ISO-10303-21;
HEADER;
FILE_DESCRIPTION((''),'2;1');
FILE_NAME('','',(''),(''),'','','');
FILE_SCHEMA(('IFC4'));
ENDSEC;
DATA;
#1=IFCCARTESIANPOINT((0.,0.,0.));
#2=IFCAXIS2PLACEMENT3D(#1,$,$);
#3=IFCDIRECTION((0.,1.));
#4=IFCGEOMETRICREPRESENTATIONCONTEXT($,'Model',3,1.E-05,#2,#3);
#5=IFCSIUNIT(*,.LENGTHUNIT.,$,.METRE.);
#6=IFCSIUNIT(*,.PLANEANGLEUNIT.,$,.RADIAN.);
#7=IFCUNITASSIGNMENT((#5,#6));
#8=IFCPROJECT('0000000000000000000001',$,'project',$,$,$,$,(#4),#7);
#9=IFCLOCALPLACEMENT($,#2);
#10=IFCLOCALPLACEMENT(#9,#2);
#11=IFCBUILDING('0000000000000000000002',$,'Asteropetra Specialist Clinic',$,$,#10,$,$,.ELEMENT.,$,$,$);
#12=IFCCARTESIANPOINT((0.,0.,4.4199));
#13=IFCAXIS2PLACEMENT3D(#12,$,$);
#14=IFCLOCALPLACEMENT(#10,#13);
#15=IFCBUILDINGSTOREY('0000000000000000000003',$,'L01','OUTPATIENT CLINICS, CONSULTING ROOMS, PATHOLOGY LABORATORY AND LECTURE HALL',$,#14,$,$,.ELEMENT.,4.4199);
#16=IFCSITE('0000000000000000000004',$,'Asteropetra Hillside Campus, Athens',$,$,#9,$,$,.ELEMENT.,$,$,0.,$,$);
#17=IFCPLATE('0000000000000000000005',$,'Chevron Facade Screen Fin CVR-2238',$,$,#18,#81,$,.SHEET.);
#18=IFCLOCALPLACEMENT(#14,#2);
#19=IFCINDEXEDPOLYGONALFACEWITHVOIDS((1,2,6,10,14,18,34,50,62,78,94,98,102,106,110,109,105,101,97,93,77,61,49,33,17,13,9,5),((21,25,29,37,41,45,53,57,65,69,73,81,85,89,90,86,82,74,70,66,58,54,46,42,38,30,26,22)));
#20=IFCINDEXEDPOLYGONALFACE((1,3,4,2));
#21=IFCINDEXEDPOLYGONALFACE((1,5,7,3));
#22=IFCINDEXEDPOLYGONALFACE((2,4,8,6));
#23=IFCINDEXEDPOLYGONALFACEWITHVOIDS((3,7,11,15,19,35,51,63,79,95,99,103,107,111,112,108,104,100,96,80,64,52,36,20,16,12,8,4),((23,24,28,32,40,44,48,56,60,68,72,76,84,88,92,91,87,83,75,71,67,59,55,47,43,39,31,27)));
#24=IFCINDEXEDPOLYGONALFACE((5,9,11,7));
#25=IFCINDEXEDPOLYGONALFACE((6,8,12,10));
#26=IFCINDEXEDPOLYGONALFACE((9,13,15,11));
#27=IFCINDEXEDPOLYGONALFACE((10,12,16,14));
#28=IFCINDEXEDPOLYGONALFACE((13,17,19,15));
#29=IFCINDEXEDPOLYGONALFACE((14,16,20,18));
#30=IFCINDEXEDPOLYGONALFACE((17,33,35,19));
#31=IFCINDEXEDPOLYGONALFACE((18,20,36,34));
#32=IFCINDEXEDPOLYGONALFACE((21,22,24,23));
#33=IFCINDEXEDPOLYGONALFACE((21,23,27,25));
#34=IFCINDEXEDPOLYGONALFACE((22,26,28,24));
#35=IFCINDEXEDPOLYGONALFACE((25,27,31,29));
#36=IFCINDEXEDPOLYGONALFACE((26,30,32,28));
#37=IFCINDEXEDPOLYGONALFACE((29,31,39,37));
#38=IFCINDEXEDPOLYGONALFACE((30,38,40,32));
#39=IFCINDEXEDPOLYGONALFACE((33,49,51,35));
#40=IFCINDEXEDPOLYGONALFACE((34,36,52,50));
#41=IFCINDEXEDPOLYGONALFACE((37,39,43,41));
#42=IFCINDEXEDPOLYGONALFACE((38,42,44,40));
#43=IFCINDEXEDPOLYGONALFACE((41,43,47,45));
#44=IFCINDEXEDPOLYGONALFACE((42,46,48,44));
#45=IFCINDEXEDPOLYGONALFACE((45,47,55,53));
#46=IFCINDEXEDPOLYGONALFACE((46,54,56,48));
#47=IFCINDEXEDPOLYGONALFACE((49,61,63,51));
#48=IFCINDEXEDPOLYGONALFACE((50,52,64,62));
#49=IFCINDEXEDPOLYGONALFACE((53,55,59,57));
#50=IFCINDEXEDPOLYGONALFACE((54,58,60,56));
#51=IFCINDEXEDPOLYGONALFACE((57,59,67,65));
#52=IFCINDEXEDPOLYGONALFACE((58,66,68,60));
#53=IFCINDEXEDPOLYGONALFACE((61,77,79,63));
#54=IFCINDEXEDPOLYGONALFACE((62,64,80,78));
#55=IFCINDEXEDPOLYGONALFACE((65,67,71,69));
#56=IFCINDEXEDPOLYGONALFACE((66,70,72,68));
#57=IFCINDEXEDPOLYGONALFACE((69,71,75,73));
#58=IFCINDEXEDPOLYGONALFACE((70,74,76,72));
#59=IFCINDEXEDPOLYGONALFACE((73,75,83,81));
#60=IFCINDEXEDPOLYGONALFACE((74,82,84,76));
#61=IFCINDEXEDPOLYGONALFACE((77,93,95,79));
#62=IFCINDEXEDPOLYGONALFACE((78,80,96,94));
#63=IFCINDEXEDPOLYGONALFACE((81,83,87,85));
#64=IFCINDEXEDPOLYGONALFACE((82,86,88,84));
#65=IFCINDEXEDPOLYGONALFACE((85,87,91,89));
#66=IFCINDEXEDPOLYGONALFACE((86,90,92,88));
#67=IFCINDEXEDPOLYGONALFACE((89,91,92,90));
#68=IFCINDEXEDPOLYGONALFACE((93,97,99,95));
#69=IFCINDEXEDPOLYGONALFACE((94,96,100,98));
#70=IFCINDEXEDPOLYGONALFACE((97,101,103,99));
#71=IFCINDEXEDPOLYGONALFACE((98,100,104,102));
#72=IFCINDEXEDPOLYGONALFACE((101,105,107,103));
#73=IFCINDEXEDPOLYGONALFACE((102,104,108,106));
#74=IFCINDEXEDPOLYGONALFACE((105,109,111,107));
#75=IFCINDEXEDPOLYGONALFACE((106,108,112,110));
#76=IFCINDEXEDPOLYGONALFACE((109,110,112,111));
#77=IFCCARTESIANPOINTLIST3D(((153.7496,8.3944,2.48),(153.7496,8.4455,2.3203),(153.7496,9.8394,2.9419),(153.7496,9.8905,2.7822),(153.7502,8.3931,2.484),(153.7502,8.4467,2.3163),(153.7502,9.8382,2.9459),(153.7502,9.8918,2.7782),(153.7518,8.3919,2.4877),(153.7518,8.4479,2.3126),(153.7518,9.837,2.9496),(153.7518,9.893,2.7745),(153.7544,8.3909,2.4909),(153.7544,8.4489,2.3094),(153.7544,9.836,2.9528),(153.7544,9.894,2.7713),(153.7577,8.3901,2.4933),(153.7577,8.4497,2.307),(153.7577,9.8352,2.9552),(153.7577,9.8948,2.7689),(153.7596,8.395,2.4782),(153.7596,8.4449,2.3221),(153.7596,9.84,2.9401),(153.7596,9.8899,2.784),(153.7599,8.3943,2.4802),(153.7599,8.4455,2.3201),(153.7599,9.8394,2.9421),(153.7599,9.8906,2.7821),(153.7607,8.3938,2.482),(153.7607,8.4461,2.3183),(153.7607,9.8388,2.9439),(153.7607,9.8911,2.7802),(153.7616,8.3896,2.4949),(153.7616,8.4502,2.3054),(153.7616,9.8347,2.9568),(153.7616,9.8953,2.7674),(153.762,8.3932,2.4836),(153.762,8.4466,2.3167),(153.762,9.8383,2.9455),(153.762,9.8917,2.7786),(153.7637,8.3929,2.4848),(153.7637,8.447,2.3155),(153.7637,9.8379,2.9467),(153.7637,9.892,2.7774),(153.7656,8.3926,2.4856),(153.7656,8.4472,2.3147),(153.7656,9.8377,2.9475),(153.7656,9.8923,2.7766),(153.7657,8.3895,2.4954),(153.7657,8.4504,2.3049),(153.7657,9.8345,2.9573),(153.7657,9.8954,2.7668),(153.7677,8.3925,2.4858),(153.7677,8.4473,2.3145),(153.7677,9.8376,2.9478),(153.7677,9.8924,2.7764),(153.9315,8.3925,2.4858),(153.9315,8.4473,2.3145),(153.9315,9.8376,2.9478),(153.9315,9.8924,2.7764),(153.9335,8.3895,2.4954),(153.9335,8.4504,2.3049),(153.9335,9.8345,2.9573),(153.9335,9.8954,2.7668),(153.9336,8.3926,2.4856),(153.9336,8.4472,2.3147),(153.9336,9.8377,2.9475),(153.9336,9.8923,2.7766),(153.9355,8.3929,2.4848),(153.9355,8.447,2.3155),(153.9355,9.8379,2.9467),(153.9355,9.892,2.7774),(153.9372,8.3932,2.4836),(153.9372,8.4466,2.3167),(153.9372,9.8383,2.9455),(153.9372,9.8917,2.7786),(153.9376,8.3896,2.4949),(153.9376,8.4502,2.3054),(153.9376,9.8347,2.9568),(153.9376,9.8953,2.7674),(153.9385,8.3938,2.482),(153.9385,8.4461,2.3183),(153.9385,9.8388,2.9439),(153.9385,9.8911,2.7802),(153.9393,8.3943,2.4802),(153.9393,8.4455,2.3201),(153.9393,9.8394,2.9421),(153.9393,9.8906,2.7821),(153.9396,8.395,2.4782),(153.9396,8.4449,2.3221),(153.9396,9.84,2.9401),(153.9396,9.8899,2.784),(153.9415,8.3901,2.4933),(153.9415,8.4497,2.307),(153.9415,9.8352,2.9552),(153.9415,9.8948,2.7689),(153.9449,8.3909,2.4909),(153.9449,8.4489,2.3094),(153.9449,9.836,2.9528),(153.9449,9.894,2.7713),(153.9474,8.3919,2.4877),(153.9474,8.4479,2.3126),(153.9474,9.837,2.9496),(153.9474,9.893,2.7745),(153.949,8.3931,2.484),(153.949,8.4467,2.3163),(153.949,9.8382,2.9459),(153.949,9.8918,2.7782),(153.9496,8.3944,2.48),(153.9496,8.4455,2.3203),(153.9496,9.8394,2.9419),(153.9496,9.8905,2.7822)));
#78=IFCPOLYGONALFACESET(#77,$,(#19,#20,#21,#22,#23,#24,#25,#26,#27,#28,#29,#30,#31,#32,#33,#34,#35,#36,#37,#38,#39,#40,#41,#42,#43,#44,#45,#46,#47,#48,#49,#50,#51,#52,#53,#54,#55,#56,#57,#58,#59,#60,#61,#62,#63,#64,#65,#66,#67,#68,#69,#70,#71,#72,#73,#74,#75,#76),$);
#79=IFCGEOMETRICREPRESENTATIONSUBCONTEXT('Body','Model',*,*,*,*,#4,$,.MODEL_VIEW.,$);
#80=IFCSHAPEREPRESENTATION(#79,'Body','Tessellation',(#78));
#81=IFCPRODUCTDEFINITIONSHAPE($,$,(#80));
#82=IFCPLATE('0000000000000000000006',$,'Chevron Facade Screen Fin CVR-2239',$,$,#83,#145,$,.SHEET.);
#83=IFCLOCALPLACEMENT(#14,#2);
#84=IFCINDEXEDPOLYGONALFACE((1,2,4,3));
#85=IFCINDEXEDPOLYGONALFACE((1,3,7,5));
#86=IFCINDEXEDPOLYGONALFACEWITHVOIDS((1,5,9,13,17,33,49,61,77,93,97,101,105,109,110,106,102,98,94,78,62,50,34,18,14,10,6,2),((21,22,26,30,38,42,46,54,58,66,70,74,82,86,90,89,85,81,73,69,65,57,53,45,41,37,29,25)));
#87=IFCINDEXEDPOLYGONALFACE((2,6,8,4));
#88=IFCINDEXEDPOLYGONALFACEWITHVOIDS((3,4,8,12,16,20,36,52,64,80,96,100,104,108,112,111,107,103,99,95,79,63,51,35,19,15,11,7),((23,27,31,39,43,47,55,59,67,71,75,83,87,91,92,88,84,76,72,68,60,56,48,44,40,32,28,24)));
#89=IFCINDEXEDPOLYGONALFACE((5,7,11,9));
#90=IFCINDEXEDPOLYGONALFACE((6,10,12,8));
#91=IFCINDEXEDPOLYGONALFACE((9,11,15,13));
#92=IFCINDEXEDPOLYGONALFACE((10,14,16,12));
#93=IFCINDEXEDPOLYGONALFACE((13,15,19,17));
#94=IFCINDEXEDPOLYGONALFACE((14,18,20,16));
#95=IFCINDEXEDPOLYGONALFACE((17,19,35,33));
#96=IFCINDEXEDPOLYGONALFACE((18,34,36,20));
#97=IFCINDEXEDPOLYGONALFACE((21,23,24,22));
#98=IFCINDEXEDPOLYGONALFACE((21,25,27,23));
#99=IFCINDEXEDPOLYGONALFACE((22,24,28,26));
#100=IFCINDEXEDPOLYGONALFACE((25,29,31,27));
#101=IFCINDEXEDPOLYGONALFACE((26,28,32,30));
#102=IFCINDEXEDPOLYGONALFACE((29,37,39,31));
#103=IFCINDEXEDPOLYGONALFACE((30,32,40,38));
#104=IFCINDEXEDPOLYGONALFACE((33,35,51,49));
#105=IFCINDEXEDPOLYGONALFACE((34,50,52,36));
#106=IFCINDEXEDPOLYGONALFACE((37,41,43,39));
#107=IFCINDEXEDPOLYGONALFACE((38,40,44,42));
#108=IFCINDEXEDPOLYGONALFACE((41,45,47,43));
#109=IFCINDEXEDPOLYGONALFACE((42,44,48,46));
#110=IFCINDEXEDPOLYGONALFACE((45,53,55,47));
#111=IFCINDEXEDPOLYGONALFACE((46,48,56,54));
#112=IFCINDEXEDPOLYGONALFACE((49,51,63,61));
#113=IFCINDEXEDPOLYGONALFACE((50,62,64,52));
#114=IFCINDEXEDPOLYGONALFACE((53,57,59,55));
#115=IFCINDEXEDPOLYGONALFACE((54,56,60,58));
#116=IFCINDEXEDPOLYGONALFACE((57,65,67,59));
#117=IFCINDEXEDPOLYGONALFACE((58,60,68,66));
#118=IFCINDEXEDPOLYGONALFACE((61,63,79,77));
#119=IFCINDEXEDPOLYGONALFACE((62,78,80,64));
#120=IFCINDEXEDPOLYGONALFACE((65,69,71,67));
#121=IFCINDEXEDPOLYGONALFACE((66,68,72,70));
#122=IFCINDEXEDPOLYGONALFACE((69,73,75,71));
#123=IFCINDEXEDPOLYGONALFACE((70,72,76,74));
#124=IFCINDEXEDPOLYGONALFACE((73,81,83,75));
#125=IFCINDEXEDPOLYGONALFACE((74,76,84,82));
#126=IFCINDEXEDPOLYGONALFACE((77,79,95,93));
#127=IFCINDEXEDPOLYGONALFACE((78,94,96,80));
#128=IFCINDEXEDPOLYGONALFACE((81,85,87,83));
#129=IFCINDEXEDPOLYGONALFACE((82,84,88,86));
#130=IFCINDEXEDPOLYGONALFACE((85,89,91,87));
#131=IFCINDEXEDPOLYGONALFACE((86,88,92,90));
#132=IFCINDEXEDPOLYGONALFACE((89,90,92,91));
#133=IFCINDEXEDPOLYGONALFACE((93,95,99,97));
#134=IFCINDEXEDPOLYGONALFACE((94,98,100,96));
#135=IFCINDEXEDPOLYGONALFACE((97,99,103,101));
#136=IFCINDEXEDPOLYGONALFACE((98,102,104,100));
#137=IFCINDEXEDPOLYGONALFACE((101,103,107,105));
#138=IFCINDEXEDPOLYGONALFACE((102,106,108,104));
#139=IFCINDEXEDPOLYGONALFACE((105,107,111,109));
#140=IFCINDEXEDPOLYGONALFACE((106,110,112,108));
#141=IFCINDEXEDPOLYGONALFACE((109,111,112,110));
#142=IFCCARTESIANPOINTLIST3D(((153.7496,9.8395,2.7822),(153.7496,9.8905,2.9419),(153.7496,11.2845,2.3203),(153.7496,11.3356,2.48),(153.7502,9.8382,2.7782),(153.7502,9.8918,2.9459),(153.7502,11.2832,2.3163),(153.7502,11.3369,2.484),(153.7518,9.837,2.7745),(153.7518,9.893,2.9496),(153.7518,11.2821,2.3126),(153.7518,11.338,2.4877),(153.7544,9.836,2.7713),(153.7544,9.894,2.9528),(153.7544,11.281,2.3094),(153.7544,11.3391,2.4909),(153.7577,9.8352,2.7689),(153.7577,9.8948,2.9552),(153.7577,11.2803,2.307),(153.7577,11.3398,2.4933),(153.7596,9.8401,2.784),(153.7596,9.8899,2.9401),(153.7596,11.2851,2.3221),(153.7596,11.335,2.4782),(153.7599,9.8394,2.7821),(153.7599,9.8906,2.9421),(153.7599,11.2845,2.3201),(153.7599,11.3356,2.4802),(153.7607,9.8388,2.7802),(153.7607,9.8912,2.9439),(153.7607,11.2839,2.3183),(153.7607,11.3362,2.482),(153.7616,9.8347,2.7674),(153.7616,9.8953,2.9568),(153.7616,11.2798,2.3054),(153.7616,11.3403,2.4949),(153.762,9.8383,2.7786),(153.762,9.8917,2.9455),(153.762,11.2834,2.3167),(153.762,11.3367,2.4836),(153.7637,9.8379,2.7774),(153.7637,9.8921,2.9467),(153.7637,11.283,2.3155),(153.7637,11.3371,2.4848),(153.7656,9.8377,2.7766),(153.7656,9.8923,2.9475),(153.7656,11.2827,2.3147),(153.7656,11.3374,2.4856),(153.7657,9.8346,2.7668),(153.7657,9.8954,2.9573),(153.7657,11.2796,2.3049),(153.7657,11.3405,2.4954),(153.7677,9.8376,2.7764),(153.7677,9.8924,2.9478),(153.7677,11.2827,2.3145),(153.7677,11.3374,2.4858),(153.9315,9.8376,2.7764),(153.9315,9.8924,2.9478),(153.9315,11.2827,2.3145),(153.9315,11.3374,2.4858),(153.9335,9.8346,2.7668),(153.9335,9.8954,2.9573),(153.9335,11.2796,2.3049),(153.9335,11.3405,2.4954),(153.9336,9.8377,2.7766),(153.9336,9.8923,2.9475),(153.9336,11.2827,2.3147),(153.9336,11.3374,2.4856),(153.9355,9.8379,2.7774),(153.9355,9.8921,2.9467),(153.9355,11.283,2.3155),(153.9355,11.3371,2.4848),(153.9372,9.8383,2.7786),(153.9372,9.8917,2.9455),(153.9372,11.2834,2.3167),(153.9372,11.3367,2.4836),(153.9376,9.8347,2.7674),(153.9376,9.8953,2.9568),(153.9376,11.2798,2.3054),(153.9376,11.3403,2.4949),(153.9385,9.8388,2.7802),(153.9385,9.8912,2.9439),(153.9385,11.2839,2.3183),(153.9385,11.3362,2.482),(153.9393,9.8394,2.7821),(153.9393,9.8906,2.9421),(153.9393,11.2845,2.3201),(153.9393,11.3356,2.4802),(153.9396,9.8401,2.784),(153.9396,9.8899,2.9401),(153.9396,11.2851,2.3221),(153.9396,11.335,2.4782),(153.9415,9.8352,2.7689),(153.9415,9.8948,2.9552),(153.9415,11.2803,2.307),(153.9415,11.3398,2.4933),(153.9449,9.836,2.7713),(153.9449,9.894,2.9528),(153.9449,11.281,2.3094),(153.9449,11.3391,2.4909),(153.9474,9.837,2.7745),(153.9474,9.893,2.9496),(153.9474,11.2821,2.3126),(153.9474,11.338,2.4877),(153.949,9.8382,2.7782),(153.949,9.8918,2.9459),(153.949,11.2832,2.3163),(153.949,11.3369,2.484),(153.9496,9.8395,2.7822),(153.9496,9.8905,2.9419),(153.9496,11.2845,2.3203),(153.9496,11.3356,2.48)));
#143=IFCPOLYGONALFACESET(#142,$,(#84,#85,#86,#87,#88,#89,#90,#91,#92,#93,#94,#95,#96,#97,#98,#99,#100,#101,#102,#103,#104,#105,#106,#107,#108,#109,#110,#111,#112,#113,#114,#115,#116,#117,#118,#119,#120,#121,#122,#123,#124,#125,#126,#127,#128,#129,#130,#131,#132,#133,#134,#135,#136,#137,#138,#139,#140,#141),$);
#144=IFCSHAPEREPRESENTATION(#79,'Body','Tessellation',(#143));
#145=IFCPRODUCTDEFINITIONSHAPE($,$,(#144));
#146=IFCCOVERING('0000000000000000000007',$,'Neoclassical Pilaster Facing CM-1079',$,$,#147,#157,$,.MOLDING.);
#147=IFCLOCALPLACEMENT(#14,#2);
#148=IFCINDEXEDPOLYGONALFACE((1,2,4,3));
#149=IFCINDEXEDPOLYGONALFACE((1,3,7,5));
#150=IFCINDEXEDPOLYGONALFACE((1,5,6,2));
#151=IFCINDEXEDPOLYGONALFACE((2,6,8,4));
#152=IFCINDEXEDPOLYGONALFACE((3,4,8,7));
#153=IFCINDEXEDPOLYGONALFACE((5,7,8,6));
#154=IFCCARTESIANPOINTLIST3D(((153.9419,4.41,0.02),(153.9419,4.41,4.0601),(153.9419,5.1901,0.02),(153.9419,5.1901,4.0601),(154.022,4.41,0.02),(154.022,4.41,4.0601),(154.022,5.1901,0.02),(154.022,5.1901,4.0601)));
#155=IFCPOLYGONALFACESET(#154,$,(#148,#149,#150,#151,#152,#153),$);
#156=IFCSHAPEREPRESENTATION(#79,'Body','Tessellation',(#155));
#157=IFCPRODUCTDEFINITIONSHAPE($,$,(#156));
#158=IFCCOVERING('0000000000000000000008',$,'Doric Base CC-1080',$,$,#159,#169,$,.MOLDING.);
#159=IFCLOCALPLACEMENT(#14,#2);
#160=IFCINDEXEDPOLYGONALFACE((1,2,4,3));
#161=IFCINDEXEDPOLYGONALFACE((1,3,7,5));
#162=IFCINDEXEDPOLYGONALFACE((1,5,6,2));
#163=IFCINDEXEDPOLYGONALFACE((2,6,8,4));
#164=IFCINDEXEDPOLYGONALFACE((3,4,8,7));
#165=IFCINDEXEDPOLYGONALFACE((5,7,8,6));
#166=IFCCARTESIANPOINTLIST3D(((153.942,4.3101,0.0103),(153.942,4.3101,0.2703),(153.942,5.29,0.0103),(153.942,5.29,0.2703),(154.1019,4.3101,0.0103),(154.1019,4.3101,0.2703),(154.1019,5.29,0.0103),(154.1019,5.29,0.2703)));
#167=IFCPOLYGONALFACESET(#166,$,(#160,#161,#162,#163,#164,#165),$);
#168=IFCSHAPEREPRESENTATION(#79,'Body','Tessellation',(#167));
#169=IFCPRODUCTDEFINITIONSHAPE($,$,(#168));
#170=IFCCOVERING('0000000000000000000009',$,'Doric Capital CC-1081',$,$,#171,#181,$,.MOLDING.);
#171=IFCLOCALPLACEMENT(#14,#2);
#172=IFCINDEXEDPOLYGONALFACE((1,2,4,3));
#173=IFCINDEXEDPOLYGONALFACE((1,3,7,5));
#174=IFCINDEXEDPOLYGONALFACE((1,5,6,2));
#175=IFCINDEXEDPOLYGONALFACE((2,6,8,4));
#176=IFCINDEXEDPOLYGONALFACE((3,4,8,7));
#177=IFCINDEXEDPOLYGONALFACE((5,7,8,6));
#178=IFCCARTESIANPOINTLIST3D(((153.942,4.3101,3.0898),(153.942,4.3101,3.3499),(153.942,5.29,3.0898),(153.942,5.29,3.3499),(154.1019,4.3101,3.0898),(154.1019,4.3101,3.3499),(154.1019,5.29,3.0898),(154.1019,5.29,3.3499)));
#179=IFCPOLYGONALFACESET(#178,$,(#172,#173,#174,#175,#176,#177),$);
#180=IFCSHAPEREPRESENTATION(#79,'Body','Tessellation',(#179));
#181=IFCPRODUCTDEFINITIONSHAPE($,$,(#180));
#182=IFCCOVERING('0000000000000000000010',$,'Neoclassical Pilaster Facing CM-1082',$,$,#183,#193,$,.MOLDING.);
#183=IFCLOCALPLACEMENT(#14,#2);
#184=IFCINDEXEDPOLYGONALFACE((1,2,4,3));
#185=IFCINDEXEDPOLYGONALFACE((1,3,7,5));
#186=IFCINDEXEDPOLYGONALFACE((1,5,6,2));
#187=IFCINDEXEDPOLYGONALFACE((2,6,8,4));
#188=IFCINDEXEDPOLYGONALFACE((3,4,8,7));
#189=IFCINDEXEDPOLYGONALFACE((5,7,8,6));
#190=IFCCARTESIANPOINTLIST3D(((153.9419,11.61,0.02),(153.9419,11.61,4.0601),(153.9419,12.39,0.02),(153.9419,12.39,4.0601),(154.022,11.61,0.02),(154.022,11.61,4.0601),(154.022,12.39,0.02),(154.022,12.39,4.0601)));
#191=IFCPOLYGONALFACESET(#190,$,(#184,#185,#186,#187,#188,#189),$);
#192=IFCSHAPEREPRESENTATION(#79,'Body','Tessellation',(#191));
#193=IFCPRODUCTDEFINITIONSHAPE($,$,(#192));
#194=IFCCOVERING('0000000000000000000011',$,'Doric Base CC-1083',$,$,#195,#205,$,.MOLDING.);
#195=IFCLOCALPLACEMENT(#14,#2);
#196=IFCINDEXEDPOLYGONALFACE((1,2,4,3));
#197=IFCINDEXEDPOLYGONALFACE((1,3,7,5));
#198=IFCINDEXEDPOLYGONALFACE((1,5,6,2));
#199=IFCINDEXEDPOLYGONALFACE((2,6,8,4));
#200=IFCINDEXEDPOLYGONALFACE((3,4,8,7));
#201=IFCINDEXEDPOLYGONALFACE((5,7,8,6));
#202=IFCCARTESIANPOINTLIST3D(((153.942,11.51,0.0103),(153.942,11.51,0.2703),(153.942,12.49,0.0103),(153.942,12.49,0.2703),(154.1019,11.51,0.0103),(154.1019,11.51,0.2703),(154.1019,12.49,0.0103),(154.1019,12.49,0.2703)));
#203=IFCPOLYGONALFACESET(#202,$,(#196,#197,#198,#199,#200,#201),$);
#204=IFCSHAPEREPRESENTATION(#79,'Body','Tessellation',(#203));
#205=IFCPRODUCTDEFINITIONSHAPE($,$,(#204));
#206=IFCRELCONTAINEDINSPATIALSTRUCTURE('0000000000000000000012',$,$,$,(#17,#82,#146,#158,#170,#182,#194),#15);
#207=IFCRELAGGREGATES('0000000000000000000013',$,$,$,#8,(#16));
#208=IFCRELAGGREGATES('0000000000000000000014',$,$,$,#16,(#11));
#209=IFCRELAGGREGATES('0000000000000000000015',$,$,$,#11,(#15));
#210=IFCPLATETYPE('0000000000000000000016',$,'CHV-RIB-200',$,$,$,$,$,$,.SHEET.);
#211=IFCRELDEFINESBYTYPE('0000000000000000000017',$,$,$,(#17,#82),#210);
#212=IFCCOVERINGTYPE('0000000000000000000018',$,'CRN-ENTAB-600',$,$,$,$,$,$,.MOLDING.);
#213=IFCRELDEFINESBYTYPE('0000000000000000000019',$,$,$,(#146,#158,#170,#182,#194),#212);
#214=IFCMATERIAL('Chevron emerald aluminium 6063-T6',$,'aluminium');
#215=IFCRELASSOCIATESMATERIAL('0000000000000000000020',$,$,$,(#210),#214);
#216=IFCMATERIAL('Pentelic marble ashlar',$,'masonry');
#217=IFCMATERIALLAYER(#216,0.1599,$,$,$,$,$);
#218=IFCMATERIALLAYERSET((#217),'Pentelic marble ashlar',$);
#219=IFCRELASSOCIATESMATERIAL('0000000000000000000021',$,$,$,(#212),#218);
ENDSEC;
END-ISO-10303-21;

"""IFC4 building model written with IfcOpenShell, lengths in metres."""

from ifc_helpers import new_model, si_unit, direction, frame, origin, origin_2d, place, context, subcontext, project, spatial, rectangle, hollow_rectangle, extrude, material, layer, layer_set, material_profile, profile_set, type_object, element, save


model = new_model("IFC4")

# Units and contexts
model_context = context("Model", 3, precision=1e-05, world=origin(), true_north=direction((0.0, 1.0)))
body_context = subcontext(model_context, "Body", "Model", "MODEL_VIEW")
ifc_project = project(units=[si_unit("LENGTHUNIT", "METRE"), si_unit("PLANEANGLEUNIT", "RADIAN")], contexts=[model_context])

# Site, building, storey
site_placement = place(None, origin())
site = spatial("IfcSite", under=ifc_project, at=site_placement, Name="Asteropetra Hillside Campus, Athens", CompositionType="ELEMENT", RefElevation=0.0)
building_placement = place(site_placement, origin())
building = spatial("IfcBuilding", under=site, at=building_placement, Name="Asteropetra Specialist Clinic", CompositionType="ELEMENT")
storey_placement = place(building_placement, frame((0.0, 0.0, 4.4199)))
storey = spatial("IfcBuildingStorey", under=building, at=storey_placement, Name="L01", Description="OUTPATIENT CLINICS, CONSULTING ROOMS, PATHOLOGY LABORATORY AND LECTURE HALL", CompositionType="ELEMENT", Elevation=4.4199)

# Plates
ifc_material_1 = material(Name="Chevron emerald aluminium 6063-T6", Category="aluminium")
ifc_material_profile = material_profile(ifc_material_1, hollow_rectangle(XDim=0.2, YDim=0.2, WallThickness=0.01, InnerFilletRadius=0.0081, OuterFilletRadius=0.0161, at=origin_2d()), Name="SHS 200x200x10.0")
ifc_profile_set = profile_set([ifc_material_profile], Name="Chevron emerald aluminium 6063-T6")
plate_type = type_object("IfcPlateType", Name="CHV-RIB-200", PredefinedType="SHEET", material=ifc_profile_set)
for number, where, z_axis, x_axis, name in (
    (1, (153.8496, 8.4199, 2.4001), (0.0, 0.952521, 0.304472), (-1.0, 0.0, 0.0), "Chevron Facade Screen Fin CVR-2238"),
    (2, (153.8496, 9.865, 2.8621), (0.0, 0.952521, -0.304472), (-1.0, 0.0, 0.0), "Chevron Facade Screen Fin CVR-2239"),
):
    element("IfcPlate", number, at=place(storey_placement, frame(where, z_axis=z_axis, x_axis=x_axis)), inside=storey, type_object=plate_type, Name=name, PredefinedType="SHEET", context=body_context, shape_type="SweptSolid", body=[
        extrude(hollow_rectangle(XDim=0.2, YDim=0.2, WallThickness=0.01, InnerFilletRadius=0.0081, OuterFilletRadius=0.0161, at=origin_2d()), origin(), (0.0, 0.0, 1.0), 1.5171),
    ])

# Coverings
ifc_material_2 = material(Name="Pentelic marble ashlar", Category="masonry")
ifc_layer_1 = layer(ifc_material_2, 0.1599)
ifc_layer_set_1 = layer_set([ifc_layer_1], Name="Pentelic marble ashlar")
covering_type_1 = type_object("IfcCoveringType", Name="CRN-ENTAB-600", PredefinedType="MOLDING", material=ifc_layer_set_1)
covering_1_placement = place(storey_placement, frame((153.9819, 4.8, 0.02), z_axis=(0.0, 0.0, 1.0), x_axis=(1.0, 0.0, 0.0)))
element("IfcCovering", 3, at=covering_1_placement, inside=storey, type_object=covering_type_1, Name="Neoclassical Pilaster Facing CM-1079", PredefinedType="MOLDING", context=body_context, shape_type="SweptSolid", body=[
    extrude(rectangle(XDim=0.0801, YDim=0.78, at=origin_2d()), origin(), (0.0, 0.0, 1.0), 4.04),
])
for number, where, z_axis, x_axis, name in (
    (4, (154.022, 4.8, 0.0103), (0.0, 0.0, 1.0), (1.0, 0.0, 0.0), "Doric Base CC-1080"),
    (5, (154.022, 4.8, 3.0898), (0.0, 0.0, 1.0), (1.0, 0.0, 0.0), "Doric Capital CC-1081"),
):
    element("IfcCovering", number, at=place(storey_placement, frame(where, z_axis=z_axis, x_axis=x_axis)), inside=storey, type_object=covering_type_1, Name=name, PredefinedType="MOLDING", context=body_context, shape_type="SweptSolid", body=[
        extrude(rectangle(XDim=0.1599, YDim=0.98, at=origin_2d()), origin(), (0.0, 0.0, 1.0), 0.26),
    ])
covering_2_placement = place(storey_placement, frame((153.9819, 12.0, 0.02), z_axis=(0.0, 0.0, 1.0), x_axis=(1.0, 0.0, 0.0)))
element("IfcCovering", 6, at=covering_2_placement, inside=storey, type_object=covering_type_1, Name="Neoclassical Pilaster Facing CM-1082", PredefinedType="MOLDING", context=body_context, shape_type="SweptSolid", body=[
    extrude(rectangle(XDim=0.0801, YDim=0.78, at=origin_2d()), origin(), (0.0, 0.0, 1.0), 4.04),
])
for number, where, z_axis, x_axis, name in (
    (7, (154.022, 12.0, 0.0103), (0.0, 0.0, 1.0), (1.0, 0.0, 0.0), "Doric Base CC-1083"),
):
    element("IfcCovering", number, at=place(storey_placement, frame(where, z_axis=z_axis, x_axis=x_axis)), inside=storey, type_object=covering_type_1, Name=name, PredefinedType="MOLDING", context=body_context, shape_type="SweptSolid", body=[
        extrude(rectangle(XDim=0.1599, YDim=0.98, at=origin_2d()), origin(), (0.0, 0.0, 1.0), 0.26),
    ])

save(model, "model.ifc")
